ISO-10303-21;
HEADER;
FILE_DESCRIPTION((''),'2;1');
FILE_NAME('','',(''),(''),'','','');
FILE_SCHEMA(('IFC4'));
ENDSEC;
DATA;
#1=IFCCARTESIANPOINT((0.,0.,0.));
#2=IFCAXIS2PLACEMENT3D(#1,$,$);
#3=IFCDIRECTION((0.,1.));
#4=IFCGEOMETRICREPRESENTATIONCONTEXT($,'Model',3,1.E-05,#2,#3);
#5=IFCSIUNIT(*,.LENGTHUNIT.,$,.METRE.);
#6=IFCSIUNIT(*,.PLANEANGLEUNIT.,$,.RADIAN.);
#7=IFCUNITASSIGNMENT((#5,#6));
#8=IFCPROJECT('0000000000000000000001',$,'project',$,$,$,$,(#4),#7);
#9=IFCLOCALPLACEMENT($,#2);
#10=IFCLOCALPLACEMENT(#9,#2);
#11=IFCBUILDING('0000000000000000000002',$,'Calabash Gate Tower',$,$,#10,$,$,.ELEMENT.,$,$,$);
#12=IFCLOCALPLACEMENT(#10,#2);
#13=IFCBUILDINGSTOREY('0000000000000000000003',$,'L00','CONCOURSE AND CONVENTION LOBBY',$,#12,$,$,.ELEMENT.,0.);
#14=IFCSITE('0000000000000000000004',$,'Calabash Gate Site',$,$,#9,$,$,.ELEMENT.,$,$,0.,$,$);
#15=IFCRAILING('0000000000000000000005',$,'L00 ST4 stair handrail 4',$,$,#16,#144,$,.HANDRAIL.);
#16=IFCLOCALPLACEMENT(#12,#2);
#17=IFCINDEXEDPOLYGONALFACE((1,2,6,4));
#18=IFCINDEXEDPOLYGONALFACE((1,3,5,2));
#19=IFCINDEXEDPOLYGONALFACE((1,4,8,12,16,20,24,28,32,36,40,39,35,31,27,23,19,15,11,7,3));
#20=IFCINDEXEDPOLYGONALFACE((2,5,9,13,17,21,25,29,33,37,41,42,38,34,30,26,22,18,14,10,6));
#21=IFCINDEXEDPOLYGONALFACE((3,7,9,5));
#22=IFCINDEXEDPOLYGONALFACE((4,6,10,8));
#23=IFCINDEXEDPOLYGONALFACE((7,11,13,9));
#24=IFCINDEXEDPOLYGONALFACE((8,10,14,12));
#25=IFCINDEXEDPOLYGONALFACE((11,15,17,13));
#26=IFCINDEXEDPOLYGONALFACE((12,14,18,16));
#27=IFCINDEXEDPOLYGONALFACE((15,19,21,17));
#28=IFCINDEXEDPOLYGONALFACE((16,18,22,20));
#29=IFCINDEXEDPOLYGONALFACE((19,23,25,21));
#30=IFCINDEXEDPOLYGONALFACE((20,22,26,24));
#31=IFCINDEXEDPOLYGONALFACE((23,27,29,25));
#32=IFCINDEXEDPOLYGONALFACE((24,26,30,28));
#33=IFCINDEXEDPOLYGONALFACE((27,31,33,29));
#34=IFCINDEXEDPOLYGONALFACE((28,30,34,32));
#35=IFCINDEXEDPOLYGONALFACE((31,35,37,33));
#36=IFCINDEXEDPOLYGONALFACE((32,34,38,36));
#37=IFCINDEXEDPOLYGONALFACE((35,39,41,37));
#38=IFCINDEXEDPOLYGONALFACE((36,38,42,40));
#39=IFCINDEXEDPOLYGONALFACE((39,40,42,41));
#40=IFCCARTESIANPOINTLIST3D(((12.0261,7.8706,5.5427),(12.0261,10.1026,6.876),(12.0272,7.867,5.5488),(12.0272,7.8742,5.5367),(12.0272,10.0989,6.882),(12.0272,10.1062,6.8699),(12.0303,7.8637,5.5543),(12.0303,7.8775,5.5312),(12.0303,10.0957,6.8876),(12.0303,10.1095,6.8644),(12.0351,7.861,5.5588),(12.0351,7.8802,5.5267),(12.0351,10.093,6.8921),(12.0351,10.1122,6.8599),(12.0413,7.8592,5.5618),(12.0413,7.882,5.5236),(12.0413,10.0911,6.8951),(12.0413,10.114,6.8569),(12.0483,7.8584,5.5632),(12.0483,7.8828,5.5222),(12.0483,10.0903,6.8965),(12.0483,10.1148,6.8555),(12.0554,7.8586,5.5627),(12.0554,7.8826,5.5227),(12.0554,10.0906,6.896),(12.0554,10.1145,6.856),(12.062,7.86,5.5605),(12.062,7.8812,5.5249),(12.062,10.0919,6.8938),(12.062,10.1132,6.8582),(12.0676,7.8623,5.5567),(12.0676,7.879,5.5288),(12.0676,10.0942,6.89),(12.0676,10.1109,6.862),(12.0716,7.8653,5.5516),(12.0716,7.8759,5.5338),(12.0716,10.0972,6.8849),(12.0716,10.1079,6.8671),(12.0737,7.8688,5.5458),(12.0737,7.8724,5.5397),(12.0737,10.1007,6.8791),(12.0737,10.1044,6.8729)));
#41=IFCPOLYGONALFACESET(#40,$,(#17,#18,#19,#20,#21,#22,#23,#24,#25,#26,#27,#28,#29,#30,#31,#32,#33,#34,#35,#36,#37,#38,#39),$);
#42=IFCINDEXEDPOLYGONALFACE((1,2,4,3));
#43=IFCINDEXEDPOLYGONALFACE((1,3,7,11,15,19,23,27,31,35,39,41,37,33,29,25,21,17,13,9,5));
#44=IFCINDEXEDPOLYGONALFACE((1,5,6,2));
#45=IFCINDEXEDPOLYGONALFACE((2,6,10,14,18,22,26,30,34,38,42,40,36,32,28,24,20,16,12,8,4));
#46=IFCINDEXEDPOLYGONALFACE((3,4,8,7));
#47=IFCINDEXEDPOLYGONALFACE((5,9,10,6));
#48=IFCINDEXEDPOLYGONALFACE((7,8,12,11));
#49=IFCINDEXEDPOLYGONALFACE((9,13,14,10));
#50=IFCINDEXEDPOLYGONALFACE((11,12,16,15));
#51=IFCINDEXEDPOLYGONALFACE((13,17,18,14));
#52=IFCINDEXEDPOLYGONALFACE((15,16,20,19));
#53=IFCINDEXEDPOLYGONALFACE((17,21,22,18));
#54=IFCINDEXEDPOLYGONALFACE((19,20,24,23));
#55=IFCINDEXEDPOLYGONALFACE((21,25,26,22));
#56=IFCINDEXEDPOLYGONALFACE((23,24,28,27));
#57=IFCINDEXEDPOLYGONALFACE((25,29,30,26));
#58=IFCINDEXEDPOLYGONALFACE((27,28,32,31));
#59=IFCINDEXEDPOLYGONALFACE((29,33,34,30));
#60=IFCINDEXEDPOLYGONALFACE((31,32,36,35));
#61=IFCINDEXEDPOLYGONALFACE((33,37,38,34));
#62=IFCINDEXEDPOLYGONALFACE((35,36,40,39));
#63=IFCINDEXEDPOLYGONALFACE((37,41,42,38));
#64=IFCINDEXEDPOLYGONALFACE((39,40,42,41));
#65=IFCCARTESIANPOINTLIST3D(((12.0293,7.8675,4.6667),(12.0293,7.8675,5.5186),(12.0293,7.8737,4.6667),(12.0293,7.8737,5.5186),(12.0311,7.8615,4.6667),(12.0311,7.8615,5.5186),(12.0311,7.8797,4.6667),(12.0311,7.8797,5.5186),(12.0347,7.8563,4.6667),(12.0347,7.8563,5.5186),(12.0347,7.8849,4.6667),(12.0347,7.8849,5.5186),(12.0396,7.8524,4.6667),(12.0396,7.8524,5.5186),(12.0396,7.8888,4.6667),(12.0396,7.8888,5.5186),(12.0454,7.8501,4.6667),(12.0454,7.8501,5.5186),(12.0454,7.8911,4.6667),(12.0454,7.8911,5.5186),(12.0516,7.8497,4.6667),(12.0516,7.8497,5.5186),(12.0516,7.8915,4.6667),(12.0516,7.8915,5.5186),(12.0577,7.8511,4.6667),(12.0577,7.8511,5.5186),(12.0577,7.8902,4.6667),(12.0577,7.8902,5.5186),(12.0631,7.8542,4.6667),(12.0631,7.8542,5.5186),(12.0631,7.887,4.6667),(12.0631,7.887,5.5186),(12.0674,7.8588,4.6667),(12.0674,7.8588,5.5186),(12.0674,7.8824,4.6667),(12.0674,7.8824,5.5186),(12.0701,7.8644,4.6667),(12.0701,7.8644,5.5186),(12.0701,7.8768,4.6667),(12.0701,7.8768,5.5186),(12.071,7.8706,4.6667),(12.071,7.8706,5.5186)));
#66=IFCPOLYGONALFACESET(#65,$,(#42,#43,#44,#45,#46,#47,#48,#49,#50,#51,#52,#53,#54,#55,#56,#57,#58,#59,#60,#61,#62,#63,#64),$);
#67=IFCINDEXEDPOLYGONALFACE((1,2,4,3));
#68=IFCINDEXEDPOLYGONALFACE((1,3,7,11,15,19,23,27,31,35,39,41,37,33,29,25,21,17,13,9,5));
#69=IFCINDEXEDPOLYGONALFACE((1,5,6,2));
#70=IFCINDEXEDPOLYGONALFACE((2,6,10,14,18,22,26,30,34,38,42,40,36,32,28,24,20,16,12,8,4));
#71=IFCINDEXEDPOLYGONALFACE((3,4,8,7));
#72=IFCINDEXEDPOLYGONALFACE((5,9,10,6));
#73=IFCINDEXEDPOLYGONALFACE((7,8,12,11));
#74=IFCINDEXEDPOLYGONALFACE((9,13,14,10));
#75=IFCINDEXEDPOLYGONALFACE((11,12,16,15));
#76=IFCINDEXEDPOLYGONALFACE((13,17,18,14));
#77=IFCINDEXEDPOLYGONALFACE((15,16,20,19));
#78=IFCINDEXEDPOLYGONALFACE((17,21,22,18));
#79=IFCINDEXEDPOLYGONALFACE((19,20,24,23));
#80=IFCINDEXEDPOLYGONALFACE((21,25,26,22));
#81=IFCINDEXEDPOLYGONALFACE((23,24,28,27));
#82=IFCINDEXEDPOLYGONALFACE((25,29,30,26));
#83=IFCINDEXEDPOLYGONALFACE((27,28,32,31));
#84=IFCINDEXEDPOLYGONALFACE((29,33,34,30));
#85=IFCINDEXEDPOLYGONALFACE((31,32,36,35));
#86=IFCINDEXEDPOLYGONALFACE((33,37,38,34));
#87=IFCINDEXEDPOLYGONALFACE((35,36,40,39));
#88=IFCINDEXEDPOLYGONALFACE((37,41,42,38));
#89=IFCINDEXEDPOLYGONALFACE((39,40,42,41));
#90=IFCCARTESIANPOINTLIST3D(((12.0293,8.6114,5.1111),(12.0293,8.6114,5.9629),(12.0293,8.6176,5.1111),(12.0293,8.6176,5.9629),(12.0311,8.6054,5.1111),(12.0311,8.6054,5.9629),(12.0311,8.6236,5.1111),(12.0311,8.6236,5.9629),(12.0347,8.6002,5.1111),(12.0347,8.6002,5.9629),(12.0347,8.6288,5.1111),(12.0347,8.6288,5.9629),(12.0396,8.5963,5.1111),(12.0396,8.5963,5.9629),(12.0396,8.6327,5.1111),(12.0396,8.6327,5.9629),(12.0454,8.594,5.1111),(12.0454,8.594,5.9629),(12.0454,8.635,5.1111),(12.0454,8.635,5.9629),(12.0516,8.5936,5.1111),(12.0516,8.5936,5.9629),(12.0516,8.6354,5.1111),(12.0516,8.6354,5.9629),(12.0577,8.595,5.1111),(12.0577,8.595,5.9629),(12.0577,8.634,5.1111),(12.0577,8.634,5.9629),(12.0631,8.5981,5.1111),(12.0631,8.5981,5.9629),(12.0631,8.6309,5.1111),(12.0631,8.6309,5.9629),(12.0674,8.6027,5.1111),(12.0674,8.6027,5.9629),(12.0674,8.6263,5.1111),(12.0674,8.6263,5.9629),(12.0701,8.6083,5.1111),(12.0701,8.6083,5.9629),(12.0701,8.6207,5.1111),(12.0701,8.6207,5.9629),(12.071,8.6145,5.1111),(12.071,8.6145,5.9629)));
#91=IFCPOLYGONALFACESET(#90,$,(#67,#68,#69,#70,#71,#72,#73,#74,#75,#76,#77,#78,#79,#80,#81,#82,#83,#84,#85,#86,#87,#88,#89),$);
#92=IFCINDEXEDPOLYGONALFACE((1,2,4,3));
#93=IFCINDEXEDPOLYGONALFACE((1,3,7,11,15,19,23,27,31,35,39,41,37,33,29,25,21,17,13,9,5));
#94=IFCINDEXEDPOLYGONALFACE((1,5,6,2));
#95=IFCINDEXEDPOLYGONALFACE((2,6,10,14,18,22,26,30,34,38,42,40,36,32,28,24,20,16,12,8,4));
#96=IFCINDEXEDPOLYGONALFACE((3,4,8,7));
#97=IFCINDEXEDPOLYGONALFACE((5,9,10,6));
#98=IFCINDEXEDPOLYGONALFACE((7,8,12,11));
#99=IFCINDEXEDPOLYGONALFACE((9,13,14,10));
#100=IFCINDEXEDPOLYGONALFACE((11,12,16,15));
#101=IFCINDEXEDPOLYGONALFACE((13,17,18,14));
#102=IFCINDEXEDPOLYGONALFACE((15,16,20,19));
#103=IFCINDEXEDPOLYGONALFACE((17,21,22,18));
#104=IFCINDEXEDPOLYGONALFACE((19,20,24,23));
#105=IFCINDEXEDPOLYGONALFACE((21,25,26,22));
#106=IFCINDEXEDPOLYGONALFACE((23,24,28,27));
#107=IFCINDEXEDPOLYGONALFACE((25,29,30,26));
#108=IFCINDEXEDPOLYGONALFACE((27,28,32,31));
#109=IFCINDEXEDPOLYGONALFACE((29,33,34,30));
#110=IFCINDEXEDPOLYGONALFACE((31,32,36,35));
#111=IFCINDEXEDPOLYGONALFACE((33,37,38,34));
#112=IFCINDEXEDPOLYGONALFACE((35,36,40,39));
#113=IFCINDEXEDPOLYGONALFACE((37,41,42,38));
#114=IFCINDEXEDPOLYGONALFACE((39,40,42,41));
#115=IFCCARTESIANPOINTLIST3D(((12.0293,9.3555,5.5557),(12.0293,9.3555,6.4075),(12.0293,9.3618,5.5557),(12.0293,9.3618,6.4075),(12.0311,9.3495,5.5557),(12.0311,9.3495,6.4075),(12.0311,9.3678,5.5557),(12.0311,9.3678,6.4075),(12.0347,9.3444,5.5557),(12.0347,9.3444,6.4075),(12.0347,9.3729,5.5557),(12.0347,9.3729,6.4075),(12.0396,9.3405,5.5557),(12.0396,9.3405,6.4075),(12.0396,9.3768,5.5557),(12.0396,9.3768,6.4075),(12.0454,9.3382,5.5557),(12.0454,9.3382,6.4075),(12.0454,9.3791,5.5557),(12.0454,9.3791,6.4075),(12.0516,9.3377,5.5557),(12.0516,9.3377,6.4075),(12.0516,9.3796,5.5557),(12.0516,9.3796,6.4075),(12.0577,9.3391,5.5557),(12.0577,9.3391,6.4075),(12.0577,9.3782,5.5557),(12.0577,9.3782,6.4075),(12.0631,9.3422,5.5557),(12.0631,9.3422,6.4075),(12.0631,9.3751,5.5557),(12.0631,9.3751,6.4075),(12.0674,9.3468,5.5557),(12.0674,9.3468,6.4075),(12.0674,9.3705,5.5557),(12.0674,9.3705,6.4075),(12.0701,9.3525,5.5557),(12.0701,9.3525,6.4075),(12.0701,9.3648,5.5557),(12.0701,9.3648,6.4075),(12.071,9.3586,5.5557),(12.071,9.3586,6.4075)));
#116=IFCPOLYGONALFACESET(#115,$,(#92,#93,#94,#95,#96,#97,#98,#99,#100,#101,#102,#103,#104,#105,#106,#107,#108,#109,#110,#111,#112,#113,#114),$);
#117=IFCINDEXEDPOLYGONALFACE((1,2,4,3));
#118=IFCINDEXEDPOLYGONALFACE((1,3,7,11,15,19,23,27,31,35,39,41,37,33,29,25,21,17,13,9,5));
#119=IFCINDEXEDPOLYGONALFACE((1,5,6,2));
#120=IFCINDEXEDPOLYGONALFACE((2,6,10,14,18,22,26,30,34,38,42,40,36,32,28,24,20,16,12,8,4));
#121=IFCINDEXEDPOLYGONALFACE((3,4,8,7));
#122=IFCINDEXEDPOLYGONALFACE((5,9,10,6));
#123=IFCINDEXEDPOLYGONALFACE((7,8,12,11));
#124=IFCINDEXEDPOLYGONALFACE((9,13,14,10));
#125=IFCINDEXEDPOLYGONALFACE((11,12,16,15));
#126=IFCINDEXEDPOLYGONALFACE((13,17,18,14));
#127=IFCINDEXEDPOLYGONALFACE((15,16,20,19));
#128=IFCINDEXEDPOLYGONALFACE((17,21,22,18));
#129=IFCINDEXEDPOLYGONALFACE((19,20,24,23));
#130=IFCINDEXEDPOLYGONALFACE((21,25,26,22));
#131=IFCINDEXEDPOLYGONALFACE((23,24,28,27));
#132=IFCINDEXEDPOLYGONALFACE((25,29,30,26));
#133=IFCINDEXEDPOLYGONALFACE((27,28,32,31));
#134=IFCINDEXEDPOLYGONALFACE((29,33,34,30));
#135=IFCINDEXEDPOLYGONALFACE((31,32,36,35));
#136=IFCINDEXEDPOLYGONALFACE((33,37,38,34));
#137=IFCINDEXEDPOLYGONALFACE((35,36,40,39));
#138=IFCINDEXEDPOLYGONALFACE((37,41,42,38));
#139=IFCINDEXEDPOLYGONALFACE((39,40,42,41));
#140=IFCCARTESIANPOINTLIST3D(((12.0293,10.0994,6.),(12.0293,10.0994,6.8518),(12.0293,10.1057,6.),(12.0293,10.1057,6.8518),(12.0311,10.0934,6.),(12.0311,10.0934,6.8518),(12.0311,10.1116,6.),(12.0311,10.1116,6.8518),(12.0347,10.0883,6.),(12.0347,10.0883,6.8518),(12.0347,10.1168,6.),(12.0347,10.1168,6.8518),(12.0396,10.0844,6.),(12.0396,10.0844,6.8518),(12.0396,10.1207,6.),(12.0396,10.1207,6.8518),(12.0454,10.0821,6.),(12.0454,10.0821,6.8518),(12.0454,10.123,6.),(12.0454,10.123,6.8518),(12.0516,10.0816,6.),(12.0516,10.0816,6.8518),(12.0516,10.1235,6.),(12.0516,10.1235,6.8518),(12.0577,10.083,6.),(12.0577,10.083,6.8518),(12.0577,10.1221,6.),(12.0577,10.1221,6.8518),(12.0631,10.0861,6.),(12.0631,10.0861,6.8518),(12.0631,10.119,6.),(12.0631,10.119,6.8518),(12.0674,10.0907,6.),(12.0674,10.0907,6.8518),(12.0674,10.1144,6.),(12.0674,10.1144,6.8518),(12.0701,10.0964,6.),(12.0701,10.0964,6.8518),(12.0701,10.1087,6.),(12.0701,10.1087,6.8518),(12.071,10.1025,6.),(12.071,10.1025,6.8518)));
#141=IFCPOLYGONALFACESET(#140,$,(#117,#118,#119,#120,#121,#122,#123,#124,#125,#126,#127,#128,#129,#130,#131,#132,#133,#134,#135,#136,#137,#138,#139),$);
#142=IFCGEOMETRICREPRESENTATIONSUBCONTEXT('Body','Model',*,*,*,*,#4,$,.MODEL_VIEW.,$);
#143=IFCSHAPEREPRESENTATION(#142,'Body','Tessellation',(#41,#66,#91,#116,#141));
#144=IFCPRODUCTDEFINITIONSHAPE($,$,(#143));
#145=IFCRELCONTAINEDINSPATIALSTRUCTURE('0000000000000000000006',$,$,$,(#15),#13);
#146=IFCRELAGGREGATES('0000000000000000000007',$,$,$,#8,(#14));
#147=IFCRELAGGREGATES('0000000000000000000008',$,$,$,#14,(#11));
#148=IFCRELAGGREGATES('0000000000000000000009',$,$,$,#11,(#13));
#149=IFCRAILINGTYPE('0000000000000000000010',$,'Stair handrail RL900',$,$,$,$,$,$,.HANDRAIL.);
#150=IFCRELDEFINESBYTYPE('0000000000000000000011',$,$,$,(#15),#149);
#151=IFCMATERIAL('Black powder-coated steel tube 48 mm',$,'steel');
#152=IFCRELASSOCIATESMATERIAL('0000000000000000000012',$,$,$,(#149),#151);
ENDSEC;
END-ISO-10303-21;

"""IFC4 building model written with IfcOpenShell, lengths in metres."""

from ifc_helpers import new_model, si_unit, direction, frame, origin, origin_2d, place, context, subcontext, project, spatial, circle, extrude, material, type_object, element, save


model = new_model("IFC4")

# Units and contexts
model_context = context("Model", 3, precision=1e-05, world=origin(), true_north=direction((0.0, 1.0)))
body_context = subcontext(model_context, "Body", "Model", "MODEL_VIEW")
ifc_project = project(units=[si_unit("LENGTHUNIT", "METRE"), si_unit("PLANEANGLEUNIT", "RADIAN")], contexts=[model_context])

# Site, building, storey
site_placement = place(None, origin())
site = spatial("IfcSite", under=ifc_project, at=site_placement, Name="Calabash Gate Site", CompositionType="ELEMENT", RefElevation=0.0)
building_placement = place(site_placement, origin())
building = spatial("IfcBuilding", under=site, at=building_placement, Name="Calabash Gate Tower", CompositionType="ELEMENT")
storey_placement = place(building_placement, origin())
storey = spatial("IfcBuildingStorey", under=building, at=storey_placement, Name="L00", Description="CONCOURSE AND CONVENTION LOBBY", CompositionType="ELEMENT", Elevation=0.0)

# Railing
ifc_material_1 = material(Name="Black powder-coated steel tube 48 mm", Category="steel")
railing_type_1 = type_object("IfcRailingType", Name="Stair handrail RL900", PredefinedType="HANDRAIL", material=ifc_material_1)
railing_1_placement = place(storey_placement, frame((12.05, 7.8706, 4.6667)))
element("IfcRailing", 1, at=railing_1_placement, inside=storey, type_object=railing_type_1, Name="L00 ST4 stair handrail 4", PredefinedType="HANDRAIL", context=body_context, shape_type="SweptSolid", body=[
    extrude(circle(Radius=0.0239, at=origin_2d()), frame((0.0, 0.0, 0.876), z_axis=(0.0, 0.858494, 0.512824), x_axis=(-1.0, 0.0, 0.0)), (0.0, 0.0, 1.0), 2.5999),
    extrude(circle(Radius=0.021, at=origin_2d()), origin(), (0.0, 0.0, 1.0), 0.8518),
    extrude(circle(Radius=0.021, at=origin_2d()), frame((0.0, 0.7439, 0.4443)), (0.0, 0.0, 1.0), 0.8518),
    extrude(circle(Radius=0.021, at=origin_2d()), frame((0.0, 1.488, 0.8889)), (0.0, 0.0, 1.0), 0.8518),
    extrude(circle(Radius=0.021, at=origin_2d()), frame((0.0, 2.2319, 1.3333)), (0.0, 0.0, 1.0), 0.8518),
])

save(model, "model.ifc")
